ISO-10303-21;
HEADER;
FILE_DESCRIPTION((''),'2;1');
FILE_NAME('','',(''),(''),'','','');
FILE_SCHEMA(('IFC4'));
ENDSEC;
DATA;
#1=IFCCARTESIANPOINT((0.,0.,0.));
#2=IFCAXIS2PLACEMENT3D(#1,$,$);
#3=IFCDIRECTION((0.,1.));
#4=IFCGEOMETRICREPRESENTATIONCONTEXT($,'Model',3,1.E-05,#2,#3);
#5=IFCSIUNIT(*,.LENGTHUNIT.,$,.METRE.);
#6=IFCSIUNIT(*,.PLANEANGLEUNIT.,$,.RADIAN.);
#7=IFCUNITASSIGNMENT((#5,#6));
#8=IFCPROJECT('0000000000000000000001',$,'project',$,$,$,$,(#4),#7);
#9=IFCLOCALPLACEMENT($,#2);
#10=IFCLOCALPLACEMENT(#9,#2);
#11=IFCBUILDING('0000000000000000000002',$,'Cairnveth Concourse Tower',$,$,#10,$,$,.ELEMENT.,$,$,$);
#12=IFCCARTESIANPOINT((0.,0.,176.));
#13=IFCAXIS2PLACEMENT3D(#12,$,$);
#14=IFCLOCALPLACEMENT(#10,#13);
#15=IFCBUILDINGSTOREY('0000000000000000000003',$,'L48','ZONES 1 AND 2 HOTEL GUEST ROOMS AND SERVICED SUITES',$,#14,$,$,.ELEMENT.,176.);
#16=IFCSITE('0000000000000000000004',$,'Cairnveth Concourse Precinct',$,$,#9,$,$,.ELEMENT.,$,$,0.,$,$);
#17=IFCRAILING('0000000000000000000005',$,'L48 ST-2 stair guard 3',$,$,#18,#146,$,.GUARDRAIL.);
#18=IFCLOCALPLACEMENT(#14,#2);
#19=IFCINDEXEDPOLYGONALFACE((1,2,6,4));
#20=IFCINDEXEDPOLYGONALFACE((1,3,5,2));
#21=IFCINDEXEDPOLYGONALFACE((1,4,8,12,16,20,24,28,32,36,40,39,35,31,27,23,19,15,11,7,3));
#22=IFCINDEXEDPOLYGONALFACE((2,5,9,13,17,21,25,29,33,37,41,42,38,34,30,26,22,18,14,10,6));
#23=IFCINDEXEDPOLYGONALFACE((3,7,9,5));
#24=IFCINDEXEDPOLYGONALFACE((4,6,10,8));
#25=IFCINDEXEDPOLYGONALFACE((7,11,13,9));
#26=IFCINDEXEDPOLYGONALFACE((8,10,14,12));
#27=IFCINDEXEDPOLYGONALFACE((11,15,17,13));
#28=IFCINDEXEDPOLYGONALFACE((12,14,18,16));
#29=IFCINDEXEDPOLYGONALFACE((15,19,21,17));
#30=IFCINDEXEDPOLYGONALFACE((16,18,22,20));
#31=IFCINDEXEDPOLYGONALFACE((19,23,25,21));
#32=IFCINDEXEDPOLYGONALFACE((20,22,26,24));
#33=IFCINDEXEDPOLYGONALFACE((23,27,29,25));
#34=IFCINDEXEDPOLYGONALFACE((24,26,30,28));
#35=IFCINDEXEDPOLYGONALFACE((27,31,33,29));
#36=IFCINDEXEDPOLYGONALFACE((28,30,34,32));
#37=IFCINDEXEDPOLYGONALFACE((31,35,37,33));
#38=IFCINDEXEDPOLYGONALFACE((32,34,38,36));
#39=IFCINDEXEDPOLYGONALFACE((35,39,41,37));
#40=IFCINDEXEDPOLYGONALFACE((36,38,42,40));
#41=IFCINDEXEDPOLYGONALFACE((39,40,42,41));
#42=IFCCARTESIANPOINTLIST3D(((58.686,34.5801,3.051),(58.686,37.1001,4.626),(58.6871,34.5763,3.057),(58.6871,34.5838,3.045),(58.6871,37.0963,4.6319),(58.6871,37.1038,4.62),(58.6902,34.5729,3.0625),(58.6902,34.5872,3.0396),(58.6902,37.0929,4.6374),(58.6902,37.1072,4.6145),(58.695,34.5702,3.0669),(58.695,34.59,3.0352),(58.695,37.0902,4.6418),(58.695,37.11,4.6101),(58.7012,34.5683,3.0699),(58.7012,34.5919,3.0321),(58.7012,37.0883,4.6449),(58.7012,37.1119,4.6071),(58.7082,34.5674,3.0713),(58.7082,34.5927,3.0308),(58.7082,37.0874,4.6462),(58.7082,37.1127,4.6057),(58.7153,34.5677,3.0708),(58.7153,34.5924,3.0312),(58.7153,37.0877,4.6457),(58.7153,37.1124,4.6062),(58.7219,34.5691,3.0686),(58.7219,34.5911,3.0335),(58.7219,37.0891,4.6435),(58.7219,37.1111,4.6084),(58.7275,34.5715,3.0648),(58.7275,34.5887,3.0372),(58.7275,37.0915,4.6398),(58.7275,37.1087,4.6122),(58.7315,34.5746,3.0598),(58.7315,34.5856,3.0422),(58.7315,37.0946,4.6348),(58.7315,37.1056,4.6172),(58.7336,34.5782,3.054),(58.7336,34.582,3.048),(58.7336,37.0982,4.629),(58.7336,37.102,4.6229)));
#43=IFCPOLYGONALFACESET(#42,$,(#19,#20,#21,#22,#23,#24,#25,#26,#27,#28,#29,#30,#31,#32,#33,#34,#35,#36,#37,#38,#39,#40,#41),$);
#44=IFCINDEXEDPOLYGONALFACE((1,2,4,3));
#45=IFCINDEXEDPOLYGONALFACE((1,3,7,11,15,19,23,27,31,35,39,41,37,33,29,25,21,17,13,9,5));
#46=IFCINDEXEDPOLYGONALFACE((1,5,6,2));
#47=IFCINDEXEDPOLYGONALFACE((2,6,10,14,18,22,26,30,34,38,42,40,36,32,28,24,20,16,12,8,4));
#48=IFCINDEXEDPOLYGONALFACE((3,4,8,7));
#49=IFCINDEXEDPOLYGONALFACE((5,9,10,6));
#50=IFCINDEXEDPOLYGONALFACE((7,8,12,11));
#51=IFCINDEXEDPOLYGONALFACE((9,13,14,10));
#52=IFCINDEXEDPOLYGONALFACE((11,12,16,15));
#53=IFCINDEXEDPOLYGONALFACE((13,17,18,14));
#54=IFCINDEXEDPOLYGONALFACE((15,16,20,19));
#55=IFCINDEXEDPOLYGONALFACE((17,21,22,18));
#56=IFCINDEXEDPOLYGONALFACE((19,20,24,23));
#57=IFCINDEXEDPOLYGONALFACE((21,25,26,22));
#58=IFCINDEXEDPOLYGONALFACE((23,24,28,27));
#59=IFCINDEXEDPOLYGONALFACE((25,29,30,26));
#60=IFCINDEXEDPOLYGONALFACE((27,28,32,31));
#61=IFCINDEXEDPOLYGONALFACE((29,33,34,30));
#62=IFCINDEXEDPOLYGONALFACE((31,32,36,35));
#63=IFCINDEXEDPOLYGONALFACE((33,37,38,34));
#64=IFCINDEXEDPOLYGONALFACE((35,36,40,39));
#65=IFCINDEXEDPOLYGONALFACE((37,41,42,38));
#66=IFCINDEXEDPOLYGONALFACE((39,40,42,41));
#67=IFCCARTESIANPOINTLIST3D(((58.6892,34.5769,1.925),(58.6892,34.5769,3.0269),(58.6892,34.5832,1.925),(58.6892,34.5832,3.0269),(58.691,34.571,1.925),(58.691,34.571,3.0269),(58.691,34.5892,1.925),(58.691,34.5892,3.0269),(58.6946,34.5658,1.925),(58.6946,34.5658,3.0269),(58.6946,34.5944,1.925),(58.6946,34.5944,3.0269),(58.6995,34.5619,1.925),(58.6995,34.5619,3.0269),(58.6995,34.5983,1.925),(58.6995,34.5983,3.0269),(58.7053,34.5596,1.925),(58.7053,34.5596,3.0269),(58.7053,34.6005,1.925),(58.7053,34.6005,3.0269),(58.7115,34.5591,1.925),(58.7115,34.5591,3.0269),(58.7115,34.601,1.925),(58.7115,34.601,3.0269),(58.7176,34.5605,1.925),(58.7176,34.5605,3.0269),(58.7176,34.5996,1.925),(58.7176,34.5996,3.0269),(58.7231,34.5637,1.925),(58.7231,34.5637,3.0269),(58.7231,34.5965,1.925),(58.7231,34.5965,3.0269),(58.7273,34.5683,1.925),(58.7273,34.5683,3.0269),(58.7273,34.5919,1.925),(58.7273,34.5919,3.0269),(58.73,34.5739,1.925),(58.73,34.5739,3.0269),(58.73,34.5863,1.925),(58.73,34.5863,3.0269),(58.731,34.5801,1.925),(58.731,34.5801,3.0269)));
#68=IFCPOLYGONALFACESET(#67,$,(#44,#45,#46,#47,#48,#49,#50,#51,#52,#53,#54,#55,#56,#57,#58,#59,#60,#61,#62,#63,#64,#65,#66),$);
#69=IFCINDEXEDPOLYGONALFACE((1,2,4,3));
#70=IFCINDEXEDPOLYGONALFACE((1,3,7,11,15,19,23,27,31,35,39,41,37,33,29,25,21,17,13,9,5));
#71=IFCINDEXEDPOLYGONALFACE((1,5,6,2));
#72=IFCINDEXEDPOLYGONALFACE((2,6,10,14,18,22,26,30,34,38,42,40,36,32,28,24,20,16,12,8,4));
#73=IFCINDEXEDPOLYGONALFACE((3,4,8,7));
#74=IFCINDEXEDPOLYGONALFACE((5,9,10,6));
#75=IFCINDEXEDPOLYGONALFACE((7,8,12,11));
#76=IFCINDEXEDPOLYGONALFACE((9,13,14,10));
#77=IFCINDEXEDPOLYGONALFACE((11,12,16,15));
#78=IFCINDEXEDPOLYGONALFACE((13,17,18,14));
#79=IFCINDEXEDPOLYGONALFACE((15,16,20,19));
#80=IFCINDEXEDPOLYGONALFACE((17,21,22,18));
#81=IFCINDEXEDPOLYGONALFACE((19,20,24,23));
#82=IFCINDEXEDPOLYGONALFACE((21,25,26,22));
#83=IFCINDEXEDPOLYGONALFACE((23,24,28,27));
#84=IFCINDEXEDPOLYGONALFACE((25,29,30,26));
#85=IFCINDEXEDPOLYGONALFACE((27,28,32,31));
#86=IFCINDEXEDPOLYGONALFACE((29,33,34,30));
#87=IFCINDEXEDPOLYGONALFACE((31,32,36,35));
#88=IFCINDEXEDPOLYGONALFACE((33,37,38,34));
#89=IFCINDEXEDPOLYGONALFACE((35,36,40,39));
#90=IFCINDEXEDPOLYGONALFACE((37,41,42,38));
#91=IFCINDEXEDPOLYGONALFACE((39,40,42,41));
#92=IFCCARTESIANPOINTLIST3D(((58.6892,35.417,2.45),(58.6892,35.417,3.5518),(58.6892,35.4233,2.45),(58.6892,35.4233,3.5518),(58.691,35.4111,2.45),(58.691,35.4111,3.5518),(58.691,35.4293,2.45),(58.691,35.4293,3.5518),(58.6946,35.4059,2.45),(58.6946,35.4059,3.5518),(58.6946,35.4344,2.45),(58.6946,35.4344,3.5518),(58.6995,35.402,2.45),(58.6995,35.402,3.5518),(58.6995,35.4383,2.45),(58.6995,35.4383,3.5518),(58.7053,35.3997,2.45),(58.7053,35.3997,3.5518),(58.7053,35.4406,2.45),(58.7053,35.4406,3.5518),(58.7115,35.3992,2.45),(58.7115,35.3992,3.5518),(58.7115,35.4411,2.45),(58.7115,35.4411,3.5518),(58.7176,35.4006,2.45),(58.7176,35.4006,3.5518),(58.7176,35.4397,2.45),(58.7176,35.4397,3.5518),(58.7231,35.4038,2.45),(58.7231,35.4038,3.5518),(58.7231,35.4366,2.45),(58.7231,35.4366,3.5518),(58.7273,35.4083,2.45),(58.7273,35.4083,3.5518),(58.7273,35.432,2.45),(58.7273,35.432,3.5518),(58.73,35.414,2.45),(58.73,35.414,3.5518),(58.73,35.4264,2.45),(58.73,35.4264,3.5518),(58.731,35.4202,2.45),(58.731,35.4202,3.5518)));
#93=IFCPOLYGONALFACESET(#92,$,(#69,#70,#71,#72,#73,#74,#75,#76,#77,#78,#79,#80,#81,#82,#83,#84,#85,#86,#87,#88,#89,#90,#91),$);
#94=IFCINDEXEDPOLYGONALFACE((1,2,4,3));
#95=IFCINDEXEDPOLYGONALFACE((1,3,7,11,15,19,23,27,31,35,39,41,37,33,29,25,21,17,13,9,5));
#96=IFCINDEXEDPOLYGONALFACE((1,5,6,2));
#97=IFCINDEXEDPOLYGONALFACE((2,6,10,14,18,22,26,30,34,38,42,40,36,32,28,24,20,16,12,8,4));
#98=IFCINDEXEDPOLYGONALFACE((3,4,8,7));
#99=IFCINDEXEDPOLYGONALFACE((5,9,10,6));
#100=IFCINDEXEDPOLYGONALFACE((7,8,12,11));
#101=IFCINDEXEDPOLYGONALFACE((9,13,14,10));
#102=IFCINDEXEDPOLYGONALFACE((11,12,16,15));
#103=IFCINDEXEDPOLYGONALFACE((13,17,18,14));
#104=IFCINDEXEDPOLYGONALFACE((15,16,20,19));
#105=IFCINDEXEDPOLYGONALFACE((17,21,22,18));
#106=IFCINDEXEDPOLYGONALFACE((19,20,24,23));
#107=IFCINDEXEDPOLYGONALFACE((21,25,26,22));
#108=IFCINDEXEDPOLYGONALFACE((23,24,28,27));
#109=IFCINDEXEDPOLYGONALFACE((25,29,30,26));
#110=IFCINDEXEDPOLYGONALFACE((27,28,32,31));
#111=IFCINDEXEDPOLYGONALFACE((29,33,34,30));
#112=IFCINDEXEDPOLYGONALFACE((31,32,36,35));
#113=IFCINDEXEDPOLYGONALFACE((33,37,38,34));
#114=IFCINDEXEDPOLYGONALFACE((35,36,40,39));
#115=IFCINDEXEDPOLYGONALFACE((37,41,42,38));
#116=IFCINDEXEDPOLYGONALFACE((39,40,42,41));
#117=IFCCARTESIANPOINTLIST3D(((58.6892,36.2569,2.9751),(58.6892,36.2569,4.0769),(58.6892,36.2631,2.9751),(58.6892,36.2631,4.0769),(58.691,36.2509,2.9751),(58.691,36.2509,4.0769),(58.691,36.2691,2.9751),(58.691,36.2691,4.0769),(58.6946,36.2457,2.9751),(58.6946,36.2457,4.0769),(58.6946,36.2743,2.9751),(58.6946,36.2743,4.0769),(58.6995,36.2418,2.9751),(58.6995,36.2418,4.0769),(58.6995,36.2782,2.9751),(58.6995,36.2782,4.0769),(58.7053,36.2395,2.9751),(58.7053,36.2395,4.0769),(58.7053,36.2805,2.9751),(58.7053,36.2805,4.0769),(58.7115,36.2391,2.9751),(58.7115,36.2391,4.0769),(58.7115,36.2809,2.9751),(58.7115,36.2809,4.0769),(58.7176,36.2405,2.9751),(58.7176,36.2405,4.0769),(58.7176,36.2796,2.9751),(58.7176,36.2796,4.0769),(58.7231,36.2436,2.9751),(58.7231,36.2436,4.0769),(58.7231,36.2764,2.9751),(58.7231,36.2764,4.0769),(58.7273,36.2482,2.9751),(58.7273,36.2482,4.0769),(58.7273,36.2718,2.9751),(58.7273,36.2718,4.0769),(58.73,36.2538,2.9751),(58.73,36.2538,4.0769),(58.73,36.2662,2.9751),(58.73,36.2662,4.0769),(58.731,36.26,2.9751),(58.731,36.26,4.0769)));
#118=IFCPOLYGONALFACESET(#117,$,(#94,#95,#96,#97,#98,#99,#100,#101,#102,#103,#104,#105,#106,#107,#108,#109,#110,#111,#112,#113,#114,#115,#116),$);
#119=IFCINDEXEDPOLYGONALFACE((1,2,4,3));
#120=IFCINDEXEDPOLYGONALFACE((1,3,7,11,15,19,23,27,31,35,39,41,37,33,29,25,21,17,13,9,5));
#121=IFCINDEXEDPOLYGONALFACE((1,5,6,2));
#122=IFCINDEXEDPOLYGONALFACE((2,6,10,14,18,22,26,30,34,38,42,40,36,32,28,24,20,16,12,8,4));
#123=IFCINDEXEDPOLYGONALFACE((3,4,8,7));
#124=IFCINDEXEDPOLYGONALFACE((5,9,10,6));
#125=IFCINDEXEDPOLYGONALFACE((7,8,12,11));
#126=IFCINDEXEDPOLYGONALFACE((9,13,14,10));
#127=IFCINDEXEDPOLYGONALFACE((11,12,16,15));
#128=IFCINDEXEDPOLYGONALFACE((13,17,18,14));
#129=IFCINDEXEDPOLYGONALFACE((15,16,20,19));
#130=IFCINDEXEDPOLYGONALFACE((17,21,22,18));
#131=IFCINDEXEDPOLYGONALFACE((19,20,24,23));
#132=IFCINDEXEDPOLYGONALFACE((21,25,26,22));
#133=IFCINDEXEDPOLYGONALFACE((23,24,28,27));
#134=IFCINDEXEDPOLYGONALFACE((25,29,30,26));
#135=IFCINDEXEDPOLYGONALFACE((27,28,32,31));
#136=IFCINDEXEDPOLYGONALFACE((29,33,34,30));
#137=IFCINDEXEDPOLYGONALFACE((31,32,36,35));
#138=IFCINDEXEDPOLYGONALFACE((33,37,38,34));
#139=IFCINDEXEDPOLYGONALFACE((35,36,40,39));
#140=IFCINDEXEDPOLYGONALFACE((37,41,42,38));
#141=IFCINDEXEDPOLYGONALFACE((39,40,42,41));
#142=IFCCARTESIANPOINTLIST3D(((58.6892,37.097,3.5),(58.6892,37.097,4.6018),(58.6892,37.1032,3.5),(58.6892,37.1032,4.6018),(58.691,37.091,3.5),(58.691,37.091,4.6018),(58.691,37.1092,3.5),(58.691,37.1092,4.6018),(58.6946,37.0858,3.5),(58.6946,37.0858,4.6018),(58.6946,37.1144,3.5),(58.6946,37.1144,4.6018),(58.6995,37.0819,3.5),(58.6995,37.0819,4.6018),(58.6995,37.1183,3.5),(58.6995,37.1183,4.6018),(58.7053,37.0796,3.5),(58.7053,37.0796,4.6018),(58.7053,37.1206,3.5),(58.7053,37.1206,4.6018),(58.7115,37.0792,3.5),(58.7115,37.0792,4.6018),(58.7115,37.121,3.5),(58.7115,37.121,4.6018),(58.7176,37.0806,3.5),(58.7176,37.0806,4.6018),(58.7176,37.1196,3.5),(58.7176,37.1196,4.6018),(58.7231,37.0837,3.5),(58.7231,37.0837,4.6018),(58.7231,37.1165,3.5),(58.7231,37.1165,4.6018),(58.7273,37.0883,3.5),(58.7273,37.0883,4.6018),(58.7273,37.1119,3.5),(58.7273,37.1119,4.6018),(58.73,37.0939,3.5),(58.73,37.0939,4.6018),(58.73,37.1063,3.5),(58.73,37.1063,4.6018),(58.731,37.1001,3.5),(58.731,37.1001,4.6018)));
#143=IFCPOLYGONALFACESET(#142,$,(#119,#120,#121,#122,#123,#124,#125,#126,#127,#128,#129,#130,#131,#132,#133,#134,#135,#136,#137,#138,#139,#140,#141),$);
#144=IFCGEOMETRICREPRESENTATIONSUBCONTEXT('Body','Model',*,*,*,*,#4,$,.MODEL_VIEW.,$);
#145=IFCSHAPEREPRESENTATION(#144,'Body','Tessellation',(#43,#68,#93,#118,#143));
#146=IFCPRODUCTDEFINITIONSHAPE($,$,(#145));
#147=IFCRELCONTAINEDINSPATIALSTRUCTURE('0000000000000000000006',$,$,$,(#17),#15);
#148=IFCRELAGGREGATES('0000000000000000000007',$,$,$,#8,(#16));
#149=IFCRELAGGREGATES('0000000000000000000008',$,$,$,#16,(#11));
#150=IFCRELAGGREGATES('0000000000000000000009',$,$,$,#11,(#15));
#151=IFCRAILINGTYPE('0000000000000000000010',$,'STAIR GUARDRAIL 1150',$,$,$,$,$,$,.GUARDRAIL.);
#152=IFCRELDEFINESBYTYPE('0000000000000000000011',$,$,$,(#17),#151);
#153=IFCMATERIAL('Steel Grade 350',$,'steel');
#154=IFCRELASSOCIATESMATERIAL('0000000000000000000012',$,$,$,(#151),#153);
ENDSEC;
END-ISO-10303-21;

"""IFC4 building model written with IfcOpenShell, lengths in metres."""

from ifc_helpers import new_model, si_unit, direction, frame, origin, origin_2d, place, context, subcontext, project, spatial, circle, extrude, material, type_object, element, save


model = new_model("IFC4")

# Units and contexts
model_context = context("Model", 3, precision=1e-05, world=origin(), true_north=direction((0.0, 1.0)))
body_context = subcontext(model_context, "Body", "Model", "MODEL_VIEW")
ifc_project = project(units=[si_unit("LENGTHUNIT", "METRE"), si_unit("PLANEANGLEUNIT", "RADIAN")], contexts=[model_context])

# Site, building, storey
site_placement = place(None, origin())
site = spatial("IfcSite", under=ifc_project, at=site_placement, Name="Cairnveth Concourse Precinct", CompositionType="ELEMENT", RefElevation=0.0)
building_placement = place(site_placement, origin())
building = spatial("IfcBuilding", under=site, at=building_placement, Name="Cairnveth Concourse Tower", CompositionType="ELEMENT")
storey_placement = place(building_placement, frame((0.0, 0.0, 176.0)))
storey = spatial("IfcBuildingStorey", under=building, at=storey_placement, Name="L48", Description="ZONES 1 AND 2 HOTEL GUEST ROOMS AND SERVICED SUITES", CompositionType="ELEMENT", Elevation=176.0)

# Shared definitions
ifc_material_1 = material(Name="Steel Grade 350", Category="steel")

# Railing
railing_type = type_object("IfcRailingType", Name="STAIR GUARDRAIL 1150", PredefinedType="GUARDRAIL", material=ifc_material_1)
railing_1_placement = place(storey_placement, frame((58.71, 34.5801, 1.925)))
element("IfcRailing", 1, at=railing_1_placement, inside=storey, type_object=railing_type, Name="L48 ST-2 stair guard 3", PredefinedType="GUARDRAIL", context=body_context, shape_type="SweptSolid", body=[
    extrude(circle(Radius=0.0239, at=origin_2d()), frame((0.0, 0.0, 1.126), z_axis=(0.0, 0.848008, 0.529984), x_axis=(-1.0, 0.0, 0.0)), (0.0, 0.0, 1.0), 2.9717),
    extrude(circle(Radius=0.021, at=origin_2d()), origin(), (0.0, 0.0, 1.0), 1.1018),
    extrude(circle(Radius=0.021, at=origin_2d()), frame((0.0, 0.8401, 0.5249)), (0.0, 0.0, 1.0), 1.1018),
    extrude(circle(Radius=0.021, at=origin_2d()), frame((0.0, 1.6799, 1.05)), (0.0, 0.0, 1.0), 1.1018),
    extrude(circle(Radius=0.021, at=origin_2d()), frame((0.0, 2.52, 1.575)), (0.0, 0.0, 1.0), 1.1018),
])

save(model, "model.ifc")
